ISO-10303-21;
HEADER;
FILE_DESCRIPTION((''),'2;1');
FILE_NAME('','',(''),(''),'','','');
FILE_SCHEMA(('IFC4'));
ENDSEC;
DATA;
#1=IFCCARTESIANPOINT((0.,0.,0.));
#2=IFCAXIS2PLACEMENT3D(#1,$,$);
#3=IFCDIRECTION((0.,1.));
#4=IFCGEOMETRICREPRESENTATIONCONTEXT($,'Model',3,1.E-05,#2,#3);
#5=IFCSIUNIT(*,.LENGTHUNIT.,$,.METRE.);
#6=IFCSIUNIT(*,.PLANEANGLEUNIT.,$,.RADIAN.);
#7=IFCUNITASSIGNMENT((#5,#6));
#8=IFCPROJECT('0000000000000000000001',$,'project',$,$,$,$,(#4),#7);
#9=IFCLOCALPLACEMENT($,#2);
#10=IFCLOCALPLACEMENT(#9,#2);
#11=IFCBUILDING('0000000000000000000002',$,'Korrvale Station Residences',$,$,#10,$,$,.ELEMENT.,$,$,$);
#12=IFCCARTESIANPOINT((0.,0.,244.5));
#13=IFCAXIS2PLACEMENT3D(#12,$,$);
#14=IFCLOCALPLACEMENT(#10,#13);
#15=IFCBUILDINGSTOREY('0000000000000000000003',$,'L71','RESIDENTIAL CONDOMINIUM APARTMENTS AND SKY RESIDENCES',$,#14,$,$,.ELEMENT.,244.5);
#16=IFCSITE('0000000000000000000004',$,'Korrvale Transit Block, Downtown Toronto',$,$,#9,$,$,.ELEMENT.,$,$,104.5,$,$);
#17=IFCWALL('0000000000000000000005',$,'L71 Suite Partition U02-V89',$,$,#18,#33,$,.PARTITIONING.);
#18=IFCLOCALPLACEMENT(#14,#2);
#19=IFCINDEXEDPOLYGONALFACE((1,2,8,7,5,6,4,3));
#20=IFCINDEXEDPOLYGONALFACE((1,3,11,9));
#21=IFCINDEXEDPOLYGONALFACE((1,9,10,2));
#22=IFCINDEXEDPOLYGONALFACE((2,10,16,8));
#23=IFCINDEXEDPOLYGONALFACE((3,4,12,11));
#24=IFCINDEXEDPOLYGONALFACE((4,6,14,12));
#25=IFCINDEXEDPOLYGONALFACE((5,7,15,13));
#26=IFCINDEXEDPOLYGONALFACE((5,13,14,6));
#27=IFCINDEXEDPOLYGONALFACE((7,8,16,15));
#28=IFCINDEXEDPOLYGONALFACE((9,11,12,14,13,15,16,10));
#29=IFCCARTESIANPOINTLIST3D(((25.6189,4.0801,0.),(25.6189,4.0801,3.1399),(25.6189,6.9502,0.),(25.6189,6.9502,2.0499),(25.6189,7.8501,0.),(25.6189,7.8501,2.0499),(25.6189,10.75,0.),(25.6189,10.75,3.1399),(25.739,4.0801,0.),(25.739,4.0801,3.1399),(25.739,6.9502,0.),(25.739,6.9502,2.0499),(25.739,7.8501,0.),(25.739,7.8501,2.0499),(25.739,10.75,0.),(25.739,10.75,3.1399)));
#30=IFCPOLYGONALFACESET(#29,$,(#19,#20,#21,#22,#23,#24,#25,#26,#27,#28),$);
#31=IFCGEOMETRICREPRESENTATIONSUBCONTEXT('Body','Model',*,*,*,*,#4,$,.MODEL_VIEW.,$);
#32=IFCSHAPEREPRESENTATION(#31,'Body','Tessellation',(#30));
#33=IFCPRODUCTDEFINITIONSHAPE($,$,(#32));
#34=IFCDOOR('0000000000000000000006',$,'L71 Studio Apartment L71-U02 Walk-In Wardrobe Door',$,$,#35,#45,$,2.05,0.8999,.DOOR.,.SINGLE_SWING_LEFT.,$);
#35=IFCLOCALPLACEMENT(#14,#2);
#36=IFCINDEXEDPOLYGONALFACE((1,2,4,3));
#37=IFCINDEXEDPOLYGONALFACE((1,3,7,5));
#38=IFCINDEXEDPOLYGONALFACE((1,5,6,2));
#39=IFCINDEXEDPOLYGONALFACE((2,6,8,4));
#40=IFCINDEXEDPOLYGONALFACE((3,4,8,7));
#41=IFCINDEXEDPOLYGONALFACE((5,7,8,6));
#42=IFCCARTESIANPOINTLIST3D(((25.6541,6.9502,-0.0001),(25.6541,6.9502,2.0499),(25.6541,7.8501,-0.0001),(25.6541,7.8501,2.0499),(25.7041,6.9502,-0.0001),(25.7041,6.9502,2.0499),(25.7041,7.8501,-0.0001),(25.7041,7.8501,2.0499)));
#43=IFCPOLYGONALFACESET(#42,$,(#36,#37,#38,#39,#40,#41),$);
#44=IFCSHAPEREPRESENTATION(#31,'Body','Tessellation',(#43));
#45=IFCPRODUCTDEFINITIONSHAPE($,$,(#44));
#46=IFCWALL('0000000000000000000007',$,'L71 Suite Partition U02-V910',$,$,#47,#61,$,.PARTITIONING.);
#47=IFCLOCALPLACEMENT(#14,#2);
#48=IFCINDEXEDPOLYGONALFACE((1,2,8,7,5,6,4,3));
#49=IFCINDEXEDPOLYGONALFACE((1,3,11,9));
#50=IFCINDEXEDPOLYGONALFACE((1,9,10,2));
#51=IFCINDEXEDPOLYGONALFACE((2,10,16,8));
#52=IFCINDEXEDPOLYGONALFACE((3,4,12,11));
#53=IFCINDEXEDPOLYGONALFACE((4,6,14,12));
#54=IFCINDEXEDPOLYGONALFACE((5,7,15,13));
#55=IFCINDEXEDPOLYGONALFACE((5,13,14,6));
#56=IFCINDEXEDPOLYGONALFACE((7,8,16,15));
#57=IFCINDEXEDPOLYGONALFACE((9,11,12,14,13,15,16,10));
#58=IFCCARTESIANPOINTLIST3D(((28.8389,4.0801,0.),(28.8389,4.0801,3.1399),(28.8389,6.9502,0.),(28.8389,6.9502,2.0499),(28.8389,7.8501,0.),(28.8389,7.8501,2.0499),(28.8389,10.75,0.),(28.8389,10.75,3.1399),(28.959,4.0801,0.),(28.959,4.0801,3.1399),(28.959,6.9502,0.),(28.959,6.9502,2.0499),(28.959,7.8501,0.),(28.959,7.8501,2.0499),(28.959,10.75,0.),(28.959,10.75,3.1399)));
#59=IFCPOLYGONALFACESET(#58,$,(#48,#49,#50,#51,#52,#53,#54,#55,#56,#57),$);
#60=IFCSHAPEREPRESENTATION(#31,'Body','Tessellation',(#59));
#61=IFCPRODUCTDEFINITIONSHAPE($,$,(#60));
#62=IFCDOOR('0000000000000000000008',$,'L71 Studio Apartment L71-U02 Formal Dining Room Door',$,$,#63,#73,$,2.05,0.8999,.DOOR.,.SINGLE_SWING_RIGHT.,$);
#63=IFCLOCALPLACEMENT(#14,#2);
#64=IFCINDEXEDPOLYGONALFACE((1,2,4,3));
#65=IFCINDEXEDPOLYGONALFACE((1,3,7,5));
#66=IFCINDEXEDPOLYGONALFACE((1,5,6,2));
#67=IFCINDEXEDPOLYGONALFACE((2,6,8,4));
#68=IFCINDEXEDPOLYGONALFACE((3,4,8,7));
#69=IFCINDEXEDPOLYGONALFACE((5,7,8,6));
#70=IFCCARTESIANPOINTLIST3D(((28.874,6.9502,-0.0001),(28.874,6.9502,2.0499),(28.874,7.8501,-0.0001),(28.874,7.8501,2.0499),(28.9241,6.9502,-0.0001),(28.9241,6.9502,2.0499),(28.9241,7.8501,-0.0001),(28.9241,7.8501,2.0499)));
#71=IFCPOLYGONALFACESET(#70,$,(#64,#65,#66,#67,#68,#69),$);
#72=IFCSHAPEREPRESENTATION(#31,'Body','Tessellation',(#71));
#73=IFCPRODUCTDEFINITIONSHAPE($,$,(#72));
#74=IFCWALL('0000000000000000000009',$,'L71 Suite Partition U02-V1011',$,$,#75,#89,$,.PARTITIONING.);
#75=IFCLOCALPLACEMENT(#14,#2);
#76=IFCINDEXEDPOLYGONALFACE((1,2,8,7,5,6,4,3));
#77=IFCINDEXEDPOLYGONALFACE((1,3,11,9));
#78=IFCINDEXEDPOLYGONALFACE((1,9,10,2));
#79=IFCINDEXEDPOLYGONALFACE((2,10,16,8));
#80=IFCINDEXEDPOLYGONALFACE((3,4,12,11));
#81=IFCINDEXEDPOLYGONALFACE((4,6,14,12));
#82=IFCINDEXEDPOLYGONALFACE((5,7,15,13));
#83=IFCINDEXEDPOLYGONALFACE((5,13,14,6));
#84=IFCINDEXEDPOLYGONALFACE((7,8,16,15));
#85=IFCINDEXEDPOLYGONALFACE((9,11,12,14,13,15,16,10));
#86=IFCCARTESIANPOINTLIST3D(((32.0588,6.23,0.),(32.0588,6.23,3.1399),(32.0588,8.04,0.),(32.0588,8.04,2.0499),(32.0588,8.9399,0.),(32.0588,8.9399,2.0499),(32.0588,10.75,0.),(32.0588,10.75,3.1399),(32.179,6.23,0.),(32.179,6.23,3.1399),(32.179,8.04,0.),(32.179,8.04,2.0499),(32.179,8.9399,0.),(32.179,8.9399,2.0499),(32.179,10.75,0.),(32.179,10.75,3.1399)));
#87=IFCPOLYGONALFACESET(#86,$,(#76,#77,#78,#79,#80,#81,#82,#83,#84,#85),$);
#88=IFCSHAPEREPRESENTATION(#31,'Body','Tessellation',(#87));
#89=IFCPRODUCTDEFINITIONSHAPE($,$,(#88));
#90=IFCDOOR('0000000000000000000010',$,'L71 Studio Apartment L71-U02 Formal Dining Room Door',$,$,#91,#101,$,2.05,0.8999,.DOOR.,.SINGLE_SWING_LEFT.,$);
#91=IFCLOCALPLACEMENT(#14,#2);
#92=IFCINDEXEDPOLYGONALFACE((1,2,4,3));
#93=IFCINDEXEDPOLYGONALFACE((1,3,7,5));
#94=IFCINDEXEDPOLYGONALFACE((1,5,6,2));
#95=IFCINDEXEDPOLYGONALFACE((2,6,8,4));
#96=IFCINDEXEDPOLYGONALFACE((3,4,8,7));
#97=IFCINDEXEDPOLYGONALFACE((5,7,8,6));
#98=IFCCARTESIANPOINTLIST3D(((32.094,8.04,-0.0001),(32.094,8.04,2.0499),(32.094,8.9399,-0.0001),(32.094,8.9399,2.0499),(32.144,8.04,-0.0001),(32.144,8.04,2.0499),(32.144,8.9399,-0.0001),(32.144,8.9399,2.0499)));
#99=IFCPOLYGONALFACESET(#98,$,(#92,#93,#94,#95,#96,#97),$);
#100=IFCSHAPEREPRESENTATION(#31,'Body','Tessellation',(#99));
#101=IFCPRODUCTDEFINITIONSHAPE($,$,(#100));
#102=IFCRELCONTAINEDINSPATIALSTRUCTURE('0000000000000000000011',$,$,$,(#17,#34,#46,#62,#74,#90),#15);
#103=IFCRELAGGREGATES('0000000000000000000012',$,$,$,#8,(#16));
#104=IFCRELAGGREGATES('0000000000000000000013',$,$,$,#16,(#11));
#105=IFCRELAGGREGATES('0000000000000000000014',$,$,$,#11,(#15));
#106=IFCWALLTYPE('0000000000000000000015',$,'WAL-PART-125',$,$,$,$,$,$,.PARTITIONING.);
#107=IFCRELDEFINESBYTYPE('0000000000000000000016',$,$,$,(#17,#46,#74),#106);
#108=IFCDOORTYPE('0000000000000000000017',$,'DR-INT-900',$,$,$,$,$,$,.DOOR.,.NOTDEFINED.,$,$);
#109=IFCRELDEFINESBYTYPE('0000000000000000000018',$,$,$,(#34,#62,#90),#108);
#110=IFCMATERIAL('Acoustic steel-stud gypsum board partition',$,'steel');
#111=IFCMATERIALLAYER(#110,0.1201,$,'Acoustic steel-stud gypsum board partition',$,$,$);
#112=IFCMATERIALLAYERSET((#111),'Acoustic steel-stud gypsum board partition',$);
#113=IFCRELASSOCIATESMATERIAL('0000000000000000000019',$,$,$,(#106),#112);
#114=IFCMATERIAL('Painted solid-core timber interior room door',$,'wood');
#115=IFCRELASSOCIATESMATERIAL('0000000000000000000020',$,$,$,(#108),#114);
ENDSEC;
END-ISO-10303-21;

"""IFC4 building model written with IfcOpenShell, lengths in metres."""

from ifc_helpers import new_model, si_unit, direction, frame, frame_2d, origin, place, context, subcontext, project, spatial, rectangle, extrude, material, layer, layer_set, type_object, element, fill, save


model = new_model("IFC4")

# Units and contexts
model_context = context("Model", 3, precision=1e-05, world=origin(), true_north=direction((0.0, 1.0)))
body_context = subcontext(model_context, "Body", "Model", "MODEL_VIEW")
ifc_project = project(units=[si_unit("LENGTHUNIT", "METRE"), si_unit("PLANEANGLEUNIT", "RADIAN")], contexts=[model_context])

# Site, building, storey
site_placement = place(None, origin())
site = spatial("IfcSite", under=ifc_project, at=site_placement, Name="Korrvale Transit Block, Downtown Toronto", CompositionType="ELEMENT", RefElevation=104.5)
building_placement = place(site_placement, origin())
building = spatial("IfcBuilding", under=site, at=building_placement, Name="Korrvale Station Residences", CompositionType="ELEMENT")
storey_placement = place(building_placement, frame((0.0, 0.0, 244.5)))
storey = spatial("IfcBuildingStorey", under=building, at=storey_placement, Name="L71", Description="RESIDENTIAL CONDOMINIUM APARTMENTS AND SKY RESIDENCES", CompositionType="ELEMENT", Elevation=244.5)

# Shared definitions
ifc_material_1 = material(Name="Acoustic steel-stud gypsum board partition", Category="steel")
ifc_layer_1 = layer(ifc_material_1, 0.1201, Name="Acoustic steel-stud gypsum board partition")
ifc_layer_set_1 = layer_set([ifc_layer_1], Name="Acoustic steel-stud gypsum board partition")
wall_type_1 = type_object("IfcWallType", Name="WAL-PART-125", PredefinedType="PARTITIONING", material=ifc_layer_set_1)

# Shared definitions
ifc_material_2 = material(Name="Painted solid-core timber interior room door", Category="wood")
door_type = type_object("IfcDoorType", Name="DR-INT-900", OperationType="NOTDEFINED", PredefinedType="DOOR", material=ifc_material_2)

# Walls, openings, doors
wall_1_placement = place(storey_placement, frame((25.679, 4.0801, 0.0), z_axis=(0.0, 0.0, 1.0), x_axis=(0.0, 1.0, 0.0)))
wall_1 = element("IfcWall", 1, at=wall_1_placement, inside=storey, type_object=wall_type_1, Name="L71 Suite Partition U02-V89", PredefinedType="PARTITIONING", context=body_context, shape_type="SweptSolid", body=[
    extrude(rectangle(XDim=6.6699, YDim=0.1201, at=frame_2d((3.335, 0.0))), origin(), (0.0, 0.0, 1.0), 3.1399),
])
opening_1_placement = place(wall_1_placement, frame((2.8701, 0.0, 0.0)))
opening_1 = element("IfcOpeningElement", 2, at=opening_1_placement, cuts=wall_1, PredefinedType="OPENING", context=body_context, shape_type="SweptSolid", body=[
    extrude(rectangle(XDim=0.8999, YDim=2.05, at=frame_2d((0.45, 1.0249))), frame((0.0, 0.0701, 0.0), z_axis=(0.0, -1.0, 0.0), x_axis=(1.0, 0.0, 0.0)), (0.0, 0.0, 1.0), 0.1401),
])
door_1_placement = place(opening_1_placement, origin())
door_1 = element("IfcDoor", 3, at=door_1_placement, inside=storey, type_object=door_type, Name="L71 Studio Apartment L71-U02 Walk-In Wardrobe Door", OperationType="SINGLE_SWING_LEFT", OverallHeight=2.05, OverallWidth=0.8999, PredefinedType="DOOR", context=body_context, shape_type="SweptSolid", body=[
    extrude(rectangle(XDim=0.8999, YDim=2.05, at=frame_2d((0.45, 1.0249))), frame((0.0, 0.0249, 0.0), z_axis=(0.0, -1.0, 0.0), x_axis=(1.0, 0.0, 0.0)), (0.0, 0.0, 1.0), 0.05),
])
fill(opening_1, door_1)
wall_2_placement = place(storey_placement, frame((28.8989, 4.0801, 0.0), z_axis=(0.0, 0.0, 1.0), x_axis=(0.0, 1.0, 0.0)))
wall_2 = element("IfcWall", 4, at=wall_2_placement, inside=storey, type_object=wall_type_1, Name="L71 Suite Partition U02-V910", PredefinedType="PARTITIONING", context=body_context, shape_type="SweptSolid", body=[
    extrude(rectangle(XDim=6.6699, YDim=0.1201, at=frame_2d((3.335, 0.0))), origin(), (0.0, 0.0, 1.0), 3.1399),
])
opening_2_placement = place(wall_2_placement, frame((2.8701, 0.0, 0.0)))
opening_2 = element("IfcOpeningElement", 5, at=opening_2_placement, cuts=wall_2, PredefinedType="OPENING", context=body_context, shape_type="SweptSolid", body=[
    extrude(rectangle(XDim=0.8999, YDim=2.05, at=frame_2d((0.45, 1.0249))), frame((0.0, 0.0701, 0.0), z_axis=(0.0, -1.0, 0.0), x_axis=(1.0, 0.0, 0.0)), (0.0, 0.0, 1.0), 0.1401),
])
door_2_placement = place(opening_2_placement, origin())
door_2 = element("IfcDoor", 6, at=door_2_placement, inside=storey, type_object=door_type, Name="L71 Studio Apartment L71-U02 Formal Dining Room Door", OperationType="SINGLE_SWING_RIGHT", OverallHeight=2.05, OverallWidth=0.8999, PredefinedType="DOOR", context=body_context, shape_type="SweptSolid", body=[
    extrude(rectangle(XDim=0.8999, YDim=2.05, at=frame_2d((0.45, 1.0249))), frame((0.0, 0.0249, 0.0), z_axis=(0.0, -1.0, 0.0), x_axis=(1.0, 0.0, 0.0)), (0.0, 0.0, 1.0), 0.05),
])
fill(opening_2, door_2)
wall_3_placement = place(storey_placement, frame((32.1189, 6.23, 0.0), z_axis=(0.0, 0.0, 1.0), x_axis=(0.0, 1.0, 0.0)))
wall_3 = element("IfcWall", 7, at=wall_3_placement, inside=storey, type_object=wall_type_1, Name="L71 Suite Partition U02-V1011", PredefinedType="PARTITIONING", context=body_context, shape_type="SweptSolid", body=[
    extrude(rectangle(XDim=4.52, YDim=0.1201, at=frame_2d((2.26, 0.0))), origin(), (0.0, 0.0, 1.0), 3.1399),
])
opening_3_placement = place(wall_3_placement, frame((1.8101, 0.0, 0.0)))
opening_3 = element("IfcOpeningElement", 8, at=opening_3_placement, cuts=wall_3, PredefinedType="OPENING", context=body_context, shape_type="SweptSolid", body=[
    extrude(rectangle(XDim=0.8999, YDim=2.05, at=frame_2d((0.45, 1.0249))), frame((0.0, 0.0701, 0.0), z_axis=(0.0, -1.0, 0.0), x_axis=(1.0, 0.0, 0.0)), (0.0, 0.0, 1.0), 0.1401),
])
door_3_placement = place(opening_3_placement, origin())
door_3 = element("IfcDoor", 9, at=door_3_placement, inside=storey, type_object=door_type, Name="L71 Studio Apartment L71-U02 Formal Dining Room Door", OperationType="SINGLE_SWING_LEFT", OverallHeight=2.05, OverallWidth=0.8999, PredefinedType="DOOR", context=body_context, shape_type="SweptSolid", body=[
    extrude(rectangle(XDim=0.8999, YDim=2.05, at=frame_2d((0.45, 1.0249))), frame((0.0, 0.0249, 0.0), z_axis=(0.0, -1.0, 0.0), x_axis=(1.0, 0.0, 0.0)), (0.0, 0.0, 1.0), 0.05),
])
fill(opening_3, door_3)

save(model, "model.ifc")
